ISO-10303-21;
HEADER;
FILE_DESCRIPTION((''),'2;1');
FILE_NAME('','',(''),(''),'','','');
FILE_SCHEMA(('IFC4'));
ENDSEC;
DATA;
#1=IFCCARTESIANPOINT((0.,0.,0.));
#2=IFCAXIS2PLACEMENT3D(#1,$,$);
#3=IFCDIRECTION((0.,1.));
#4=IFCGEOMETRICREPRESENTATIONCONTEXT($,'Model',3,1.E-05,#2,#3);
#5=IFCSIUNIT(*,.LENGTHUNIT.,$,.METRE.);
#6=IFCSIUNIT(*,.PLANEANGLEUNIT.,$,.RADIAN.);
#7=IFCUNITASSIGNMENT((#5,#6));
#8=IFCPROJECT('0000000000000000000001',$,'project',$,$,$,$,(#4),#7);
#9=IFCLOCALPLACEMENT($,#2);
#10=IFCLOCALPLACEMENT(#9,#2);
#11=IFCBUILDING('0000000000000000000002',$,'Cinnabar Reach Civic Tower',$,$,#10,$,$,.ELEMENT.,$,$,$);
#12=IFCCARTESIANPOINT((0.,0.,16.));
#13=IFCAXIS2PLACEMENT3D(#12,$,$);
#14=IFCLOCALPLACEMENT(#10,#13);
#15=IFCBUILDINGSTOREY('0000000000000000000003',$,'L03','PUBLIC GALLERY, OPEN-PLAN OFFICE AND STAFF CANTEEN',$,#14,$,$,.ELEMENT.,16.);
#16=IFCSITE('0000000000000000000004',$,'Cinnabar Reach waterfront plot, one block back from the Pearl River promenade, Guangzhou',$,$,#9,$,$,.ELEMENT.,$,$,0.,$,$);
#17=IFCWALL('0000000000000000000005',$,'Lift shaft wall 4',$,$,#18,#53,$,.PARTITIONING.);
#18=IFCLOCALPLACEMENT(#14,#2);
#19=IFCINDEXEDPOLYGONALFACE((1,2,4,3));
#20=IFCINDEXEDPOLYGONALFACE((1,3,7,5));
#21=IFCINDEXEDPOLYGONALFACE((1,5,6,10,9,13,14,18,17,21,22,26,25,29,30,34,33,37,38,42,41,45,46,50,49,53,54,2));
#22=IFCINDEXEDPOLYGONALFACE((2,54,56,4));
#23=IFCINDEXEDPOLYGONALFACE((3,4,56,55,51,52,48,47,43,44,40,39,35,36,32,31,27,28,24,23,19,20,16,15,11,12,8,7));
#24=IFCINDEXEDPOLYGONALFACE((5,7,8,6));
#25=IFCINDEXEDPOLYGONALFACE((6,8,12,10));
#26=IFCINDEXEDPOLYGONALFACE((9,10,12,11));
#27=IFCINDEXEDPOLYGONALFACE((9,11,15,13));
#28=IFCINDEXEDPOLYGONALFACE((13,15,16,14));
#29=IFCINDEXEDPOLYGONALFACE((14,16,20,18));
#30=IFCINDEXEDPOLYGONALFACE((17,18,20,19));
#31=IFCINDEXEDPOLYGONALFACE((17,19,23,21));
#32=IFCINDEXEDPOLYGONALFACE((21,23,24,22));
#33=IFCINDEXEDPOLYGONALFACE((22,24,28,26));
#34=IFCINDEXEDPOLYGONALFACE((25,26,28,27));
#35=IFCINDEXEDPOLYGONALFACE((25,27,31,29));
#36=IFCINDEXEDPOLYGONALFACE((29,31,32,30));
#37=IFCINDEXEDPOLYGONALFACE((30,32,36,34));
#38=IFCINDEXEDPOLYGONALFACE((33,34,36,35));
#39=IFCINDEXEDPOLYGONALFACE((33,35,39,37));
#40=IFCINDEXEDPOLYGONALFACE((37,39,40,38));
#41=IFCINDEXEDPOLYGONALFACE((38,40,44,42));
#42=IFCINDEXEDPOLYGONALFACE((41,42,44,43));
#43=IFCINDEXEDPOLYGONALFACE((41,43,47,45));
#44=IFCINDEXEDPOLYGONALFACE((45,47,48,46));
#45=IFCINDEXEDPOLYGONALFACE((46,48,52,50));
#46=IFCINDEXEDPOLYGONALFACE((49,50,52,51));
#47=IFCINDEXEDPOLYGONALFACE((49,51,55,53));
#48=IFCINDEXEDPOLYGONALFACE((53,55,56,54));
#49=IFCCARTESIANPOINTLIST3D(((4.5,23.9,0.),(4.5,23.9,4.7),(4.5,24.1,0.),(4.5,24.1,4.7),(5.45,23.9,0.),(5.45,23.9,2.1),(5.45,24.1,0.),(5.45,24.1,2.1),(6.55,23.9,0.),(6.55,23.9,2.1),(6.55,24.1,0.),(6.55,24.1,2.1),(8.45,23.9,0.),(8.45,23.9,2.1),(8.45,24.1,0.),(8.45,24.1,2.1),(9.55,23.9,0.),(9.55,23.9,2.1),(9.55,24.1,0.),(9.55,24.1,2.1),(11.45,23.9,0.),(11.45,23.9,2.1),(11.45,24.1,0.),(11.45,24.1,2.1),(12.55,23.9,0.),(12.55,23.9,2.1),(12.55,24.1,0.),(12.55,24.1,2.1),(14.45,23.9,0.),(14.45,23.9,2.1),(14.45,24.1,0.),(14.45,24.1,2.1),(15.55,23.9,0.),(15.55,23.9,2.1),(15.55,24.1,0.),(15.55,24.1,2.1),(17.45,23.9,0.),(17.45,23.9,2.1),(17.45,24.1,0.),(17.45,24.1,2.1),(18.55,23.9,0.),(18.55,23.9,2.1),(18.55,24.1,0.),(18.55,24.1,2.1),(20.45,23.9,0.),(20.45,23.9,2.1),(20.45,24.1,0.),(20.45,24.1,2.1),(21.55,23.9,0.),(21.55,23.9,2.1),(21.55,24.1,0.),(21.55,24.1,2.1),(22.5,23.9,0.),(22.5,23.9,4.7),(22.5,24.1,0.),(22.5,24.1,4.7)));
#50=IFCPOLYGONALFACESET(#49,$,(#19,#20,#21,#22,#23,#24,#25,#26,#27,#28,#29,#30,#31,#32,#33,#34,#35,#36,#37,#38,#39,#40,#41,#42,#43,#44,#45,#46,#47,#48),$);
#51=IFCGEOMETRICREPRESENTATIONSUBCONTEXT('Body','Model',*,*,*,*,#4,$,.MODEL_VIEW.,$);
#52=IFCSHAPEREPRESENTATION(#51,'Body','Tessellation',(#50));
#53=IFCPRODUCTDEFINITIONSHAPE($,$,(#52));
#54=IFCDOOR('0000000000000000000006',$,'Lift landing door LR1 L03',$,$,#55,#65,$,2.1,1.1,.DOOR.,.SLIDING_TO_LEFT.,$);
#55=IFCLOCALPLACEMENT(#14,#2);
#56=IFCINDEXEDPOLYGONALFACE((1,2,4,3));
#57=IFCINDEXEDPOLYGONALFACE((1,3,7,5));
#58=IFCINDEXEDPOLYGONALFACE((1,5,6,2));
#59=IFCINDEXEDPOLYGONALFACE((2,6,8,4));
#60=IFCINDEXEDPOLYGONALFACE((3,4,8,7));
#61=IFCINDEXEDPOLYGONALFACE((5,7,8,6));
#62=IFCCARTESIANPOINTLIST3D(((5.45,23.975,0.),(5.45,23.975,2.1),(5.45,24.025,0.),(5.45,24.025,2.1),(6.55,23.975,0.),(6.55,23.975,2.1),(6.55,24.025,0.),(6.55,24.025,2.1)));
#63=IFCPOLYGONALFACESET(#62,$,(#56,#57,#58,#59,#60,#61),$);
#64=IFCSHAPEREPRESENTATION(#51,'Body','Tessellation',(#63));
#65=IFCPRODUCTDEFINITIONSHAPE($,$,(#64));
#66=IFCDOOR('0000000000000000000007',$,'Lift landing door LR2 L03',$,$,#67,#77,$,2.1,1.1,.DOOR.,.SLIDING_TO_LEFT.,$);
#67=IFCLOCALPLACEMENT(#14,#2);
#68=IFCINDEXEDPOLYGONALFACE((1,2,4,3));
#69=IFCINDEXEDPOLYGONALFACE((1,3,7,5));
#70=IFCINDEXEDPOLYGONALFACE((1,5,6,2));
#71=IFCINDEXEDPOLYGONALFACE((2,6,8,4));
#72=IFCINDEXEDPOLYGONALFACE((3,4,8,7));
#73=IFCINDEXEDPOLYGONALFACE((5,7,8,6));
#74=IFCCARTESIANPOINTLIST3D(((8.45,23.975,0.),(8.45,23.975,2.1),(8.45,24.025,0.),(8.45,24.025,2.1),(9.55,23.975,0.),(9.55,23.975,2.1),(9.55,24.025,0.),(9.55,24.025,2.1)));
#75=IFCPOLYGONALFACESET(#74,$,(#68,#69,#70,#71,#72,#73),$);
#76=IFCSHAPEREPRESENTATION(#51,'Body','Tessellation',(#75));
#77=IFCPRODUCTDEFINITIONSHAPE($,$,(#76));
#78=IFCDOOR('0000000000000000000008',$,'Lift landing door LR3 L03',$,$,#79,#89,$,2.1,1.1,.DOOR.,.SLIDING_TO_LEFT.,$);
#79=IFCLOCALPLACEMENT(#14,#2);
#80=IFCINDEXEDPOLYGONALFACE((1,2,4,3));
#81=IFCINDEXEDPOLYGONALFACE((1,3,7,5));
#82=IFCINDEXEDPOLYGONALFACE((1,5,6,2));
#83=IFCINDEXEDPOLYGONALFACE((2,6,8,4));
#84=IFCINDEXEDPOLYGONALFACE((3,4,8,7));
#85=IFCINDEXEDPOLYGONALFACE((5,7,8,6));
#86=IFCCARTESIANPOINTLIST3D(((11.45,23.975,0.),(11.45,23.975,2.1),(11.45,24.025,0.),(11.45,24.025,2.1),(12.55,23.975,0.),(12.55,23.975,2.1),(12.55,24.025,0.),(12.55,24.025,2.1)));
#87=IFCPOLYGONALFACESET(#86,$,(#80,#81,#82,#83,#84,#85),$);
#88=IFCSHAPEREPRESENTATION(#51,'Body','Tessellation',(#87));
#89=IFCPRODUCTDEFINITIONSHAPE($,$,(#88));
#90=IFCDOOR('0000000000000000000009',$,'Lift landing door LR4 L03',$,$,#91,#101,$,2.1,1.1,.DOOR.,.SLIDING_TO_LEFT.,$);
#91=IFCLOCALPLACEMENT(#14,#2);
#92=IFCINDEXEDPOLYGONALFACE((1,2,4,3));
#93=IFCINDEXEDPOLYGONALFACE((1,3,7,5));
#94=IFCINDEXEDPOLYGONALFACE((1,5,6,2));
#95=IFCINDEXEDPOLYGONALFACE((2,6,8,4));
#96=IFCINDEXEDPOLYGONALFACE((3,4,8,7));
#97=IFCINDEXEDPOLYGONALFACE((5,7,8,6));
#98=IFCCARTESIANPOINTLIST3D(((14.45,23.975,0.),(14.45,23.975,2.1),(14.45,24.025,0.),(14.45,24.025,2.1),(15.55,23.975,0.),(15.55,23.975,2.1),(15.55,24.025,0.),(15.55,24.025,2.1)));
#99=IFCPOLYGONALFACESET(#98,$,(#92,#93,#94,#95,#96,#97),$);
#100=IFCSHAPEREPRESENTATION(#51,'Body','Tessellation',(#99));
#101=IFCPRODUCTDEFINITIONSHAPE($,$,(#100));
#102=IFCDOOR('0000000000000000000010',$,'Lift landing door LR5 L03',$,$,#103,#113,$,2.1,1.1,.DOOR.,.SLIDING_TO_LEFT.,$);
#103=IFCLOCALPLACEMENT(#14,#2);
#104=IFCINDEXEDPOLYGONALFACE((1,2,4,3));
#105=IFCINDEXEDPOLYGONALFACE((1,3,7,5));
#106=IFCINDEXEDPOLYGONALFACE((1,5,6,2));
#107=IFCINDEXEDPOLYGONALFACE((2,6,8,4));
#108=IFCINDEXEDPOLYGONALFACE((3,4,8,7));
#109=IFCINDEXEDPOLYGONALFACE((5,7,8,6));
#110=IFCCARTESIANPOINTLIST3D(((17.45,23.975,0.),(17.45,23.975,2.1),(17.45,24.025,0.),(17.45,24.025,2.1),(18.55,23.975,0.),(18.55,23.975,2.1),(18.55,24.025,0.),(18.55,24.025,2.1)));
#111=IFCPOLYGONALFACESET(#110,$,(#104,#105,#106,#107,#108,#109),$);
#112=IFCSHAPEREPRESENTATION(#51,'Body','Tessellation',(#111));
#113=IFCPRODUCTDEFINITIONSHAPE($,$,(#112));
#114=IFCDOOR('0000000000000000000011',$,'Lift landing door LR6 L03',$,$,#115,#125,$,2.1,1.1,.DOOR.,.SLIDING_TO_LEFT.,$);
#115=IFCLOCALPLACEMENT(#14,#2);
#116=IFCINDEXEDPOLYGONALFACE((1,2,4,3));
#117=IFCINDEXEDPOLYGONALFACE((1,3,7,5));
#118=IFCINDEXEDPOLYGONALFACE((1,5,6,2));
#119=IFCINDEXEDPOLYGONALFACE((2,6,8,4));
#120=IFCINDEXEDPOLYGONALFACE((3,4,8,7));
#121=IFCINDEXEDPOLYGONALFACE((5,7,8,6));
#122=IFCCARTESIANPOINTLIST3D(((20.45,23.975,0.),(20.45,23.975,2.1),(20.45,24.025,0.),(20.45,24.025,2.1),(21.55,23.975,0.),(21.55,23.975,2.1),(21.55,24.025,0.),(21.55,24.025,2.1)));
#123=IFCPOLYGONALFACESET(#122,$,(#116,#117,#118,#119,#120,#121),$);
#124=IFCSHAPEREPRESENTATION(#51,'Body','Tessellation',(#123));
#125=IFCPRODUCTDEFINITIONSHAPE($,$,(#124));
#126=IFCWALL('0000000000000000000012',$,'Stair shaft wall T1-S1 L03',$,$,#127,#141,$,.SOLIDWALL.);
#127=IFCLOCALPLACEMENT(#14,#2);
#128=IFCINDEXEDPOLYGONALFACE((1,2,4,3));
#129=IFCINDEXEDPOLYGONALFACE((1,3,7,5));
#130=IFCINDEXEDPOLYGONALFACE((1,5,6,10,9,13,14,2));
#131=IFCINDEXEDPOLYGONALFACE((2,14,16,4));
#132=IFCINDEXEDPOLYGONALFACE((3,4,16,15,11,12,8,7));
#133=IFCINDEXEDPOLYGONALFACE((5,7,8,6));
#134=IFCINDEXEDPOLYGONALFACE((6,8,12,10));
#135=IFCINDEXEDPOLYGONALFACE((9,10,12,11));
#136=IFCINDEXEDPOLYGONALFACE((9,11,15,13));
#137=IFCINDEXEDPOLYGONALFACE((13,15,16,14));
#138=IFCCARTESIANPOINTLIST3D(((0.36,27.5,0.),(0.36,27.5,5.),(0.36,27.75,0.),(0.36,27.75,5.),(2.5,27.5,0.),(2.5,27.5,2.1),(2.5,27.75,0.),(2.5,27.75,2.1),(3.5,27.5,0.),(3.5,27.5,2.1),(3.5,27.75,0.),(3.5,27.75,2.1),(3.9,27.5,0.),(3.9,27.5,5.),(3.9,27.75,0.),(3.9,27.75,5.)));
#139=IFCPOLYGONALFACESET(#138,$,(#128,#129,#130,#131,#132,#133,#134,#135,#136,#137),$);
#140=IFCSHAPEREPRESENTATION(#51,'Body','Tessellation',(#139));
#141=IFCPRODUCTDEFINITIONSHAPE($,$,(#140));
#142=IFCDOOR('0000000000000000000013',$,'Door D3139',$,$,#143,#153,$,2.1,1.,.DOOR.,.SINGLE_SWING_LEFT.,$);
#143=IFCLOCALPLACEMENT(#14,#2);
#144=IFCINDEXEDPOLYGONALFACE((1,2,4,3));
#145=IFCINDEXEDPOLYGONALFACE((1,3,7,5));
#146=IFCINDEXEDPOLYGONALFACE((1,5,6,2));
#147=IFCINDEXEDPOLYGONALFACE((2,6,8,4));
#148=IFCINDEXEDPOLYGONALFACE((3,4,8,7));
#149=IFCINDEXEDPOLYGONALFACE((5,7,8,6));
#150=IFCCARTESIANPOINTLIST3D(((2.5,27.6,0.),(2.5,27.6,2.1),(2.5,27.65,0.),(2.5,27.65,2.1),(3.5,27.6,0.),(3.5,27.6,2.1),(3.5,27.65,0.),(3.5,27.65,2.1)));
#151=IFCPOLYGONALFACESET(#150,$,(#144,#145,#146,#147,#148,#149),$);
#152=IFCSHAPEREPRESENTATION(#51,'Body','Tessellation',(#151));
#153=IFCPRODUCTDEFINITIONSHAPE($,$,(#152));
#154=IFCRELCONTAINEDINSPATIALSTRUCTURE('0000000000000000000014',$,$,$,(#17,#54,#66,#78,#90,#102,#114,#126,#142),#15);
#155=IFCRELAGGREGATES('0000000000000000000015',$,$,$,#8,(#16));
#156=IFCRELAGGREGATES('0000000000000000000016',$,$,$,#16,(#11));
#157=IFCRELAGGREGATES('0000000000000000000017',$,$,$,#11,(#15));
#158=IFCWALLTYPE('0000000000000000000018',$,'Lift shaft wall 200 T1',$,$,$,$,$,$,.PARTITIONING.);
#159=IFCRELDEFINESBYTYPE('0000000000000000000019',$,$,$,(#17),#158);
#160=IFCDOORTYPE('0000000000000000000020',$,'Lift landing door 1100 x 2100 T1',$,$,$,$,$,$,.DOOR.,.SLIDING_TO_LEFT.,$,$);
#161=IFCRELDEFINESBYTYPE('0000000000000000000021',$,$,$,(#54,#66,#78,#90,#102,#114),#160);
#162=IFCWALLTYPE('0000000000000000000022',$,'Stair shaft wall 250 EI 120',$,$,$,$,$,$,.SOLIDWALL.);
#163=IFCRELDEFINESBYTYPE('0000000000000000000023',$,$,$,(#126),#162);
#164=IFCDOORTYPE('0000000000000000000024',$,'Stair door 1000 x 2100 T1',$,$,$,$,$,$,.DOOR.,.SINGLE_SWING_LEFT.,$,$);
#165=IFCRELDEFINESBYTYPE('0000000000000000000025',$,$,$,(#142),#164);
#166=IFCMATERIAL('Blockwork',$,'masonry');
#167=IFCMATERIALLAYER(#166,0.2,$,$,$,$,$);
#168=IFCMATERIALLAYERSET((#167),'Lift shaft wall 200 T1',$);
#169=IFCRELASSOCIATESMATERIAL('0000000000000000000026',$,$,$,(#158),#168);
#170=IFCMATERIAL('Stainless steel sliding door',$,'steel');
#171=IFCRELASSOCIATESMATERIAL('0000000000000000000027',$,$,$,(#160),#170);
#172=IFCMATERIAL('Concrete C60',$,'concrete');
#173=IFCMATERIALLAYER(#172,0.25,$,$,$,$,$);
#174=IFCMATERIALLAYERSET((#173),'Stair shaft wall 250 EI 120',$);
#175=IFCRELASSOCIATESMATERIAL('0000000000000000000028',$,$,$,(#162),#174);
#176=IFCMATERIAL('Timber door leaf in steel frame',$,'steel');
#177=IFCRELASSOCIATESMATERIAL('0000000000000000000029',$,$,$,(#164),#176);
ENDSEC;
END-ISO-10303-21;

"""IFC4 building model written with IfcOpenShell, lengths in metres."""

from ifc_helpers import new_model, si_unit, direction, frame, frame_2d, origin, place, context, subcontext, project, spatial, rectangle, extrude, material, layer, layer_set, type_object, element, fill, save


model = new_model("IFC4")

# Units and contexts
model_context = context("Model", 3, precision=1e-05, world=origin(), true_north=direction((0.0, 1.0)))
body_context = subcontext(model_context, "Body", "Model", "MODEL_VIEW")
ifc_project = project(units=[si_unit("LENGTHUNIT", "METRE"), si_unit("PLANEANGLEUNIT", "RADIAN")], contexts=[model_context])

# Site, building, storey
site_placement = place(None, origin())
site = spatial("IfcSite", under=ifc_project, at=site_placement, Name="Cinnabar Reach waterfront plot, one block back from the Pearl River promenade, Guangzhou", CompositionType="ELEMENT", RefElevation=0.0)
building_placement = place(site_placement, origin())
building = spatial("IfcBuilding", under=site, at=building_placement, Name="Cinnabar Reach Civic Tower", CompositionType="ELEMENT")
storey_placement = place(building_placement, frame((0.0, 0.0, 16.0)))
storey = spatial("IfcBuildingStorey", under=building, at=storey_placement, Name="L03", Description="PUBLIC GALLERY, OPEN-PLAN OFFICE AND STAFF CANTEEN", CompositionType="ELEMENT", Elevation=16.0)

# Wall, openings, doors
ifc_material_1 = material(Name="Timber door leaf in steel frame", Category="steel")
ifc_material_2 = material(Name="Blockwork", Category="masonry")
ifc_layer_1 = layer(ifc_material_2, 0.2)
ifc_layer_set_1 = layer_set([ifc_layer_1], Name="Lift shaft wall 200 T1")
wall_type_1 = type_object("IfcWallType", Name="Lift shaft wall 200 T1", PredefinedType="PARTITIONING", material=ifc_layer_set_1)
wall_1_placement = place(storey_placement, frame((4.5, 24.0, 0.0), z_axis=(0.0, 0.0, 1.0), x_axis=(1.0, 0.0, 0.0)))
wall_1 = element("IfcWall", 1, at=wall_1_placement, inside=storey, type_object=wall_type_1, Name="Lift shaft wall 4", PredefinedType="PARTITIONING", context=body_context, shape_type="SweptSolid", body=[
    extrude(rectangle(XDim=18.0, YDim=0.2, at=frame_2d((9.0, 0.0))), origin(), (0.0, 0.0, 1.0), 4.7),
])
opening_1_placement = place(wall_1_placement, frame((0.95, 0.0, 0.0)))
opening_1 = element("IfcOpeningElement", 2, at=opening_1_placement, cuts=wall_1, PredefinedType="OPENING", context=body_context, shape_type="SweptSolid", body=[
    extrude(rectangle(XDim=1.1, YDim=2.1, at=frame_2d((0.55, 1.05))), frame((0.0, 0.11, 0.0), z_axis=(0.0, -1.0, 0.0), x_axis=(1.0, 0.0, 0.0)), (0.0, 0.0, 1.0), 0.22),
])
opening_2_placement = place(wall_1_placement, frame((3.95, 0.0, 0.0)))
opening_2 = element("IfcOpeningElement", 3, at=opening_2_placement, cuts=wall_1, PredefinedType="OPENING", context=body_context, shape_type="SweptSolid", body=[
    extrude(rectangle(XDim=1.1, YDim=2.1, at=frame_2d((0.55, 1.05))), frame((0.0, 0.11, 0.0), z_axis=(0.0, -1.0, 0.0), x_axis=(1.0, 0.0, 0.0)), (0.0, 0.0, 1.0), 0.22),
])
opening_3_placement = place(wall_1_placement, frame((6.95, 0.0, 0.0)))
opening_3 = element("IfcOpeningElement", 4, at=opening_3_placement, cuts=wall_1, PredefinedType="OPENING", context=body_context, shape_type="SweptSolid", body=[
    extrude(rectangle(XDim=1.1, YDim=2.1, at=frame_2d((0.55, 1.05))), frame((0.0, 0.11, 0.0), z_axis=(0.0, -1.0, 0.0), x_axis=(1.0, 0.0, 0.0)), (0.0, 0.0, 1.0), 0.22),
])
opening_4_placement = place(wall_1_placement, frame((9.95, 0.0, 0.0)))
opening_4 = element("IfcOpeningElement", 5, at=opening_4_placement, cuts=wall_1, PredefinedType="OPENING", context=body_context, shape_type="SweptSolid", body=[
    extrude(rectangle(XDim=1.1, YDim=2.1, at=frame_2d((0.55, 1.05))), frame((0.0, 0.11, 0.0), z_axis=(0.0, -1.0, 0.0), x_axis=(1.0, 0.0, 0.0)), (0.0, 0.0, 1.0), 0.22),
])
opening_5_placement = place(wall_1_placement, frame((12.95, 0.0, 0.0)))
opening_5 = element("IfcOpeningElement", 6, at=opening_5_placement, cuts=wall_1, PredefinedType="OPENING", context=body_context, shape_type="SweptSolid", body=[
    extrude(rectangle(XDim=1.1, YDim=2.1, at=frame_2d((0.55, 1.05))), frame((0.0, 0.11, 0.0), z_axis=(0.0, -1.0, 0.0), x_axis=(1.0, 0.0, 0.0)), (0.0, 0.0, 1.0), 0.22),
])
opening_6_placement = place(wall_1_placement, frame((15.95, 0.0, 0.0)))
opening_6 = element("IfcOpeningElement", 7, at=opening_6_placement, cuts=wall_1, PredefinedType="OPENING", context=body_context, shape_type="SweptSolid", body=[
    extrude(rectangle(XDim=1.1, YDim=2.1, at=frame_2d((0.55, 1.05))), frame((0.0, 0.11, 0.0), z_axis=(0.0, -1.0, 0.0), x_axis=(1.0, 0.0, 0.0)), (0.0, 0.0, 1.0), 0.22),
])
ifc_material_3 = material(Name="Stainless steel sliding door", Category="steel")
door_type_1 = type_object("IfcDoorType", Name="Lift landing door 1100 x 2100 T1", OperationType="SLIDING_TO_LEFT", PredefinedType="DOOR", material=ifc_material_3)
door_1_placement = place(opening_1_placement, origin())
door_1 = element("IfcDoor", 8, at=door_1_placement, inside=storey, type_object=door_type_1, Name="Lift landing door LR1 L03", OperationType="SLIDING_TO_LEFT", OverallHeight=2.1, OverallWidth=1.1, PredefinedType="DOOR", context=body_context, shape_type="SweptSolid", body=[
    extrude(rectangle(XDim=1.1, YDim=2.1, at=frame_2d((0.55, 1.05))), frame((0.0, 0.025, 0.0), z_axis=(0.0, -1.0, 0.0), x_axis=(1.0, 0.0, 0.0)), (0.0, 0.0, 1.0), 0.05),
])
fill(opening_1, door_1)
door_2_placement = place(opening_2_placement, origin())
door_2 = element("IfcDoor", 9, at=door_2_placement, inside=storey, type_object=door_type_1, Name="Lift landing door LR2 L03", OperationType="SLIDING_TO_LEFT", OverallHeight=2.1, OverallWidth=1.1, PredefinedType="DOOR", context=body_context, shape_type="SweptSolid", body=[
    extrude(rectangle(XDim=1.1, YDim=2.1, at=frame_2d((0.55, 1.05))), frame((0.0, 0.025, 0.0), z_axis=(0.0, -1.0, 0.0), x_axis=(1.0, 0.0, 0.0)), (0.0, 0.0, 1.0), 0.05),
])
fill(opening_2, door_2)
door_3_placement = place(opening_3_placement, origin())
door_3 = element("IfcDoor", 10, at=door_3_placement, inside=storey, type_object=door_type_1, Name="Lift landing door LR3 L03", OperationType="SLIDING_TO_LEFT", OverallHeight=2.1, OverallWidth=1.1, PredefinedType="DOOR", context=body_context, shape_type="SweptSolid", body=[
    extrude(rectangle(XDim=1.1, YDim=2.1, at=frame_2d((0.55, 1.05))), frame((0.0, 0.025, 0.0), z_axis=(0.0, -1.0, 0.0), x_axis=(1.0, 0.0, 0.0)), (0.0, 0.0, 1.0), 0.05),
])
fill(opening_3, door_3)
door_4_placement = place(opening_4_placement, origin())
door_4 = element("IfcDoor", 11, at=door_4_placement, inside=storey, type_object=door_type_1, Name="Lift landing door LR4 L03", OperationType="SLIDING_TO_LEFT", OverallHeight=2.1, OverallWidth=1.1, PredefinedType="DOOR", context=body_context, shape_type="SweptSolid", body=[
    extrude(rectangle(XDim=1.1, YDim=2.1, at=frame_2d((0.55, 1.05))), frame((0.0, 0.025, 0.0), z_axis=(0.0, -1.0, 0.0), x_axis=(1.0, 0.0, 0.0)), (0.0, 0.0, 1.0), 0.05),
])
fill(opening_4, door_4)
door_5_placement = place(opening_5_placement, origin())
door_5 = element("IfcDoor", 12, at=door_5_placement, inside=storey, type_object=door_type_1, Name="Lift landing door LR5 L03", OperationType="SLIDING_TO_LEFT", OverallHeight=2.1, OverallWidth=1.1, PredefinedType="DOOR", context=body_context, shape_type="SweptSolid", body=[
    extrude(rectangle(XDim=1.1, YDim=2.1, at=frame_2d((0.55, 1.05))), frame((0.0, 0.025, 0.0), z_axis=(0.0, -1.0, 0.0), x_axis=(1.0, 0.0, 0.0)), (0.0, 0.0, 1.0), 0.05),
])
fill(opening_5, door_5)
door_6_placement = place(opening_6_placement, origin())
door_6 = element("IfcDoor", 13, at=door_6_placement, inside=storey, type_object=door_type_1, Name="Lift landing door LR6 L03", OperationType="SLIDING_TO_LEFT", OverallHeight=2.1, OverallWidth=1.1, PredefinedType="DOOR", context=body_context, shape_type="SweptSolid", body=[
    extrude(rectangle(XDim=1.1, YDim=2.1, at=frame_2d((0.55, 1.05))), frame((0.0, 0.025, 0.0), z_axis=(0.0, -1.0, 0.0), x_axis=(1.0, 0.0, 0.0)), (0.0, 0.0, 1.0), 0.05),
])
fill(opening_6, door_6)

# Wall, opening, door
ifc_material_4 = material(Name="Concrete C60", Category="concrete")
ifc_layer_2 = layer(ifc_material_4, 0.25)
ifc_layer_set_2 = layer_set([ifc_layer_2], Name="Stair shaft wall 250 EI 120")
wall_type_2 = type_object("IfcWallType", Name="Stair shaft wall 250 EI 120", PredefinedType="SOLIDWALL", material=ifc_layer_set_2)
wall_2_placement = place(storey_placement, frame((3.9, 27.625, 0.0), z_axis=(0.0, 0.0, 1.0), x_axis=(-1.0, 0.0, 0.0)))
wall_2 = element("IfcWall", 14, at=wall_2_placement, inside=storey, type_object=wall_type_2, Name="Stair shaft wall T1-S1 L03", PredefinedType="SOLIDWALL", context=body_context, shape_type="SweptSolid", body=[
    extrude(rectangle(XDim=3.54, YDim=0.25, at=frame_2d((1.77, 0.0))), origin(), (0.0, 0.0, 1.0), 5.0),
])
opening_7_placement = place(wall_2_placement, frame((0.4, 0.0, 0.0)))
opening_7 = element("IfcOpeningElement", 15, at=opening_7_placement, cuts=wall_2, PredefinedType="OPENING", context=body_context, shape_type="SweptSolid", body=[
    extrude(rectangle(XDim=1.0, YDim=2.1, at=frame_2d((0.5, 1.05))), frame((0.0, 0.135, 0.0), z_axis=(0.0, -1.0, 0.0), x_axis=(1.0, 0.0, 0.0)), (0.0, 0.0, 1.0), 0.27),
])
door_type_2 = type_object("IfcDoorType", Name="Stair door 1000 x 2100 T1", OperationType="SINGLE_SWING_LEFT", PredefinedType="DOOR", material=ifc_material_1)
door_7_placement = place(opening_7_placement, origin())
door_7 = element("IfcDoor", 16, at=door_7_placement, inside=storey, type_object=door_type_2, Name="Door D3139", OperationType="SINGLE_SWING_LEFT", OverallHeight=2.1, OverallWidth=1.0, PredefinedType="DOOR", context=body_context, shape_type="SweptSolid", body=[
    extrude(rectangle(XDim=1.0, YDim=2.1, at=frame_2d((0.5, 1.05))), frame((0.0, 0.025, 0.0), z_axis=(0.0, -1.0, 0.0), x_axis=(1.0, 0.0, 0.0)), (0.0, 0.0, 1.0), 0.05),
])
fill(opening_7, door_7)

save(model, "model.ifc")
